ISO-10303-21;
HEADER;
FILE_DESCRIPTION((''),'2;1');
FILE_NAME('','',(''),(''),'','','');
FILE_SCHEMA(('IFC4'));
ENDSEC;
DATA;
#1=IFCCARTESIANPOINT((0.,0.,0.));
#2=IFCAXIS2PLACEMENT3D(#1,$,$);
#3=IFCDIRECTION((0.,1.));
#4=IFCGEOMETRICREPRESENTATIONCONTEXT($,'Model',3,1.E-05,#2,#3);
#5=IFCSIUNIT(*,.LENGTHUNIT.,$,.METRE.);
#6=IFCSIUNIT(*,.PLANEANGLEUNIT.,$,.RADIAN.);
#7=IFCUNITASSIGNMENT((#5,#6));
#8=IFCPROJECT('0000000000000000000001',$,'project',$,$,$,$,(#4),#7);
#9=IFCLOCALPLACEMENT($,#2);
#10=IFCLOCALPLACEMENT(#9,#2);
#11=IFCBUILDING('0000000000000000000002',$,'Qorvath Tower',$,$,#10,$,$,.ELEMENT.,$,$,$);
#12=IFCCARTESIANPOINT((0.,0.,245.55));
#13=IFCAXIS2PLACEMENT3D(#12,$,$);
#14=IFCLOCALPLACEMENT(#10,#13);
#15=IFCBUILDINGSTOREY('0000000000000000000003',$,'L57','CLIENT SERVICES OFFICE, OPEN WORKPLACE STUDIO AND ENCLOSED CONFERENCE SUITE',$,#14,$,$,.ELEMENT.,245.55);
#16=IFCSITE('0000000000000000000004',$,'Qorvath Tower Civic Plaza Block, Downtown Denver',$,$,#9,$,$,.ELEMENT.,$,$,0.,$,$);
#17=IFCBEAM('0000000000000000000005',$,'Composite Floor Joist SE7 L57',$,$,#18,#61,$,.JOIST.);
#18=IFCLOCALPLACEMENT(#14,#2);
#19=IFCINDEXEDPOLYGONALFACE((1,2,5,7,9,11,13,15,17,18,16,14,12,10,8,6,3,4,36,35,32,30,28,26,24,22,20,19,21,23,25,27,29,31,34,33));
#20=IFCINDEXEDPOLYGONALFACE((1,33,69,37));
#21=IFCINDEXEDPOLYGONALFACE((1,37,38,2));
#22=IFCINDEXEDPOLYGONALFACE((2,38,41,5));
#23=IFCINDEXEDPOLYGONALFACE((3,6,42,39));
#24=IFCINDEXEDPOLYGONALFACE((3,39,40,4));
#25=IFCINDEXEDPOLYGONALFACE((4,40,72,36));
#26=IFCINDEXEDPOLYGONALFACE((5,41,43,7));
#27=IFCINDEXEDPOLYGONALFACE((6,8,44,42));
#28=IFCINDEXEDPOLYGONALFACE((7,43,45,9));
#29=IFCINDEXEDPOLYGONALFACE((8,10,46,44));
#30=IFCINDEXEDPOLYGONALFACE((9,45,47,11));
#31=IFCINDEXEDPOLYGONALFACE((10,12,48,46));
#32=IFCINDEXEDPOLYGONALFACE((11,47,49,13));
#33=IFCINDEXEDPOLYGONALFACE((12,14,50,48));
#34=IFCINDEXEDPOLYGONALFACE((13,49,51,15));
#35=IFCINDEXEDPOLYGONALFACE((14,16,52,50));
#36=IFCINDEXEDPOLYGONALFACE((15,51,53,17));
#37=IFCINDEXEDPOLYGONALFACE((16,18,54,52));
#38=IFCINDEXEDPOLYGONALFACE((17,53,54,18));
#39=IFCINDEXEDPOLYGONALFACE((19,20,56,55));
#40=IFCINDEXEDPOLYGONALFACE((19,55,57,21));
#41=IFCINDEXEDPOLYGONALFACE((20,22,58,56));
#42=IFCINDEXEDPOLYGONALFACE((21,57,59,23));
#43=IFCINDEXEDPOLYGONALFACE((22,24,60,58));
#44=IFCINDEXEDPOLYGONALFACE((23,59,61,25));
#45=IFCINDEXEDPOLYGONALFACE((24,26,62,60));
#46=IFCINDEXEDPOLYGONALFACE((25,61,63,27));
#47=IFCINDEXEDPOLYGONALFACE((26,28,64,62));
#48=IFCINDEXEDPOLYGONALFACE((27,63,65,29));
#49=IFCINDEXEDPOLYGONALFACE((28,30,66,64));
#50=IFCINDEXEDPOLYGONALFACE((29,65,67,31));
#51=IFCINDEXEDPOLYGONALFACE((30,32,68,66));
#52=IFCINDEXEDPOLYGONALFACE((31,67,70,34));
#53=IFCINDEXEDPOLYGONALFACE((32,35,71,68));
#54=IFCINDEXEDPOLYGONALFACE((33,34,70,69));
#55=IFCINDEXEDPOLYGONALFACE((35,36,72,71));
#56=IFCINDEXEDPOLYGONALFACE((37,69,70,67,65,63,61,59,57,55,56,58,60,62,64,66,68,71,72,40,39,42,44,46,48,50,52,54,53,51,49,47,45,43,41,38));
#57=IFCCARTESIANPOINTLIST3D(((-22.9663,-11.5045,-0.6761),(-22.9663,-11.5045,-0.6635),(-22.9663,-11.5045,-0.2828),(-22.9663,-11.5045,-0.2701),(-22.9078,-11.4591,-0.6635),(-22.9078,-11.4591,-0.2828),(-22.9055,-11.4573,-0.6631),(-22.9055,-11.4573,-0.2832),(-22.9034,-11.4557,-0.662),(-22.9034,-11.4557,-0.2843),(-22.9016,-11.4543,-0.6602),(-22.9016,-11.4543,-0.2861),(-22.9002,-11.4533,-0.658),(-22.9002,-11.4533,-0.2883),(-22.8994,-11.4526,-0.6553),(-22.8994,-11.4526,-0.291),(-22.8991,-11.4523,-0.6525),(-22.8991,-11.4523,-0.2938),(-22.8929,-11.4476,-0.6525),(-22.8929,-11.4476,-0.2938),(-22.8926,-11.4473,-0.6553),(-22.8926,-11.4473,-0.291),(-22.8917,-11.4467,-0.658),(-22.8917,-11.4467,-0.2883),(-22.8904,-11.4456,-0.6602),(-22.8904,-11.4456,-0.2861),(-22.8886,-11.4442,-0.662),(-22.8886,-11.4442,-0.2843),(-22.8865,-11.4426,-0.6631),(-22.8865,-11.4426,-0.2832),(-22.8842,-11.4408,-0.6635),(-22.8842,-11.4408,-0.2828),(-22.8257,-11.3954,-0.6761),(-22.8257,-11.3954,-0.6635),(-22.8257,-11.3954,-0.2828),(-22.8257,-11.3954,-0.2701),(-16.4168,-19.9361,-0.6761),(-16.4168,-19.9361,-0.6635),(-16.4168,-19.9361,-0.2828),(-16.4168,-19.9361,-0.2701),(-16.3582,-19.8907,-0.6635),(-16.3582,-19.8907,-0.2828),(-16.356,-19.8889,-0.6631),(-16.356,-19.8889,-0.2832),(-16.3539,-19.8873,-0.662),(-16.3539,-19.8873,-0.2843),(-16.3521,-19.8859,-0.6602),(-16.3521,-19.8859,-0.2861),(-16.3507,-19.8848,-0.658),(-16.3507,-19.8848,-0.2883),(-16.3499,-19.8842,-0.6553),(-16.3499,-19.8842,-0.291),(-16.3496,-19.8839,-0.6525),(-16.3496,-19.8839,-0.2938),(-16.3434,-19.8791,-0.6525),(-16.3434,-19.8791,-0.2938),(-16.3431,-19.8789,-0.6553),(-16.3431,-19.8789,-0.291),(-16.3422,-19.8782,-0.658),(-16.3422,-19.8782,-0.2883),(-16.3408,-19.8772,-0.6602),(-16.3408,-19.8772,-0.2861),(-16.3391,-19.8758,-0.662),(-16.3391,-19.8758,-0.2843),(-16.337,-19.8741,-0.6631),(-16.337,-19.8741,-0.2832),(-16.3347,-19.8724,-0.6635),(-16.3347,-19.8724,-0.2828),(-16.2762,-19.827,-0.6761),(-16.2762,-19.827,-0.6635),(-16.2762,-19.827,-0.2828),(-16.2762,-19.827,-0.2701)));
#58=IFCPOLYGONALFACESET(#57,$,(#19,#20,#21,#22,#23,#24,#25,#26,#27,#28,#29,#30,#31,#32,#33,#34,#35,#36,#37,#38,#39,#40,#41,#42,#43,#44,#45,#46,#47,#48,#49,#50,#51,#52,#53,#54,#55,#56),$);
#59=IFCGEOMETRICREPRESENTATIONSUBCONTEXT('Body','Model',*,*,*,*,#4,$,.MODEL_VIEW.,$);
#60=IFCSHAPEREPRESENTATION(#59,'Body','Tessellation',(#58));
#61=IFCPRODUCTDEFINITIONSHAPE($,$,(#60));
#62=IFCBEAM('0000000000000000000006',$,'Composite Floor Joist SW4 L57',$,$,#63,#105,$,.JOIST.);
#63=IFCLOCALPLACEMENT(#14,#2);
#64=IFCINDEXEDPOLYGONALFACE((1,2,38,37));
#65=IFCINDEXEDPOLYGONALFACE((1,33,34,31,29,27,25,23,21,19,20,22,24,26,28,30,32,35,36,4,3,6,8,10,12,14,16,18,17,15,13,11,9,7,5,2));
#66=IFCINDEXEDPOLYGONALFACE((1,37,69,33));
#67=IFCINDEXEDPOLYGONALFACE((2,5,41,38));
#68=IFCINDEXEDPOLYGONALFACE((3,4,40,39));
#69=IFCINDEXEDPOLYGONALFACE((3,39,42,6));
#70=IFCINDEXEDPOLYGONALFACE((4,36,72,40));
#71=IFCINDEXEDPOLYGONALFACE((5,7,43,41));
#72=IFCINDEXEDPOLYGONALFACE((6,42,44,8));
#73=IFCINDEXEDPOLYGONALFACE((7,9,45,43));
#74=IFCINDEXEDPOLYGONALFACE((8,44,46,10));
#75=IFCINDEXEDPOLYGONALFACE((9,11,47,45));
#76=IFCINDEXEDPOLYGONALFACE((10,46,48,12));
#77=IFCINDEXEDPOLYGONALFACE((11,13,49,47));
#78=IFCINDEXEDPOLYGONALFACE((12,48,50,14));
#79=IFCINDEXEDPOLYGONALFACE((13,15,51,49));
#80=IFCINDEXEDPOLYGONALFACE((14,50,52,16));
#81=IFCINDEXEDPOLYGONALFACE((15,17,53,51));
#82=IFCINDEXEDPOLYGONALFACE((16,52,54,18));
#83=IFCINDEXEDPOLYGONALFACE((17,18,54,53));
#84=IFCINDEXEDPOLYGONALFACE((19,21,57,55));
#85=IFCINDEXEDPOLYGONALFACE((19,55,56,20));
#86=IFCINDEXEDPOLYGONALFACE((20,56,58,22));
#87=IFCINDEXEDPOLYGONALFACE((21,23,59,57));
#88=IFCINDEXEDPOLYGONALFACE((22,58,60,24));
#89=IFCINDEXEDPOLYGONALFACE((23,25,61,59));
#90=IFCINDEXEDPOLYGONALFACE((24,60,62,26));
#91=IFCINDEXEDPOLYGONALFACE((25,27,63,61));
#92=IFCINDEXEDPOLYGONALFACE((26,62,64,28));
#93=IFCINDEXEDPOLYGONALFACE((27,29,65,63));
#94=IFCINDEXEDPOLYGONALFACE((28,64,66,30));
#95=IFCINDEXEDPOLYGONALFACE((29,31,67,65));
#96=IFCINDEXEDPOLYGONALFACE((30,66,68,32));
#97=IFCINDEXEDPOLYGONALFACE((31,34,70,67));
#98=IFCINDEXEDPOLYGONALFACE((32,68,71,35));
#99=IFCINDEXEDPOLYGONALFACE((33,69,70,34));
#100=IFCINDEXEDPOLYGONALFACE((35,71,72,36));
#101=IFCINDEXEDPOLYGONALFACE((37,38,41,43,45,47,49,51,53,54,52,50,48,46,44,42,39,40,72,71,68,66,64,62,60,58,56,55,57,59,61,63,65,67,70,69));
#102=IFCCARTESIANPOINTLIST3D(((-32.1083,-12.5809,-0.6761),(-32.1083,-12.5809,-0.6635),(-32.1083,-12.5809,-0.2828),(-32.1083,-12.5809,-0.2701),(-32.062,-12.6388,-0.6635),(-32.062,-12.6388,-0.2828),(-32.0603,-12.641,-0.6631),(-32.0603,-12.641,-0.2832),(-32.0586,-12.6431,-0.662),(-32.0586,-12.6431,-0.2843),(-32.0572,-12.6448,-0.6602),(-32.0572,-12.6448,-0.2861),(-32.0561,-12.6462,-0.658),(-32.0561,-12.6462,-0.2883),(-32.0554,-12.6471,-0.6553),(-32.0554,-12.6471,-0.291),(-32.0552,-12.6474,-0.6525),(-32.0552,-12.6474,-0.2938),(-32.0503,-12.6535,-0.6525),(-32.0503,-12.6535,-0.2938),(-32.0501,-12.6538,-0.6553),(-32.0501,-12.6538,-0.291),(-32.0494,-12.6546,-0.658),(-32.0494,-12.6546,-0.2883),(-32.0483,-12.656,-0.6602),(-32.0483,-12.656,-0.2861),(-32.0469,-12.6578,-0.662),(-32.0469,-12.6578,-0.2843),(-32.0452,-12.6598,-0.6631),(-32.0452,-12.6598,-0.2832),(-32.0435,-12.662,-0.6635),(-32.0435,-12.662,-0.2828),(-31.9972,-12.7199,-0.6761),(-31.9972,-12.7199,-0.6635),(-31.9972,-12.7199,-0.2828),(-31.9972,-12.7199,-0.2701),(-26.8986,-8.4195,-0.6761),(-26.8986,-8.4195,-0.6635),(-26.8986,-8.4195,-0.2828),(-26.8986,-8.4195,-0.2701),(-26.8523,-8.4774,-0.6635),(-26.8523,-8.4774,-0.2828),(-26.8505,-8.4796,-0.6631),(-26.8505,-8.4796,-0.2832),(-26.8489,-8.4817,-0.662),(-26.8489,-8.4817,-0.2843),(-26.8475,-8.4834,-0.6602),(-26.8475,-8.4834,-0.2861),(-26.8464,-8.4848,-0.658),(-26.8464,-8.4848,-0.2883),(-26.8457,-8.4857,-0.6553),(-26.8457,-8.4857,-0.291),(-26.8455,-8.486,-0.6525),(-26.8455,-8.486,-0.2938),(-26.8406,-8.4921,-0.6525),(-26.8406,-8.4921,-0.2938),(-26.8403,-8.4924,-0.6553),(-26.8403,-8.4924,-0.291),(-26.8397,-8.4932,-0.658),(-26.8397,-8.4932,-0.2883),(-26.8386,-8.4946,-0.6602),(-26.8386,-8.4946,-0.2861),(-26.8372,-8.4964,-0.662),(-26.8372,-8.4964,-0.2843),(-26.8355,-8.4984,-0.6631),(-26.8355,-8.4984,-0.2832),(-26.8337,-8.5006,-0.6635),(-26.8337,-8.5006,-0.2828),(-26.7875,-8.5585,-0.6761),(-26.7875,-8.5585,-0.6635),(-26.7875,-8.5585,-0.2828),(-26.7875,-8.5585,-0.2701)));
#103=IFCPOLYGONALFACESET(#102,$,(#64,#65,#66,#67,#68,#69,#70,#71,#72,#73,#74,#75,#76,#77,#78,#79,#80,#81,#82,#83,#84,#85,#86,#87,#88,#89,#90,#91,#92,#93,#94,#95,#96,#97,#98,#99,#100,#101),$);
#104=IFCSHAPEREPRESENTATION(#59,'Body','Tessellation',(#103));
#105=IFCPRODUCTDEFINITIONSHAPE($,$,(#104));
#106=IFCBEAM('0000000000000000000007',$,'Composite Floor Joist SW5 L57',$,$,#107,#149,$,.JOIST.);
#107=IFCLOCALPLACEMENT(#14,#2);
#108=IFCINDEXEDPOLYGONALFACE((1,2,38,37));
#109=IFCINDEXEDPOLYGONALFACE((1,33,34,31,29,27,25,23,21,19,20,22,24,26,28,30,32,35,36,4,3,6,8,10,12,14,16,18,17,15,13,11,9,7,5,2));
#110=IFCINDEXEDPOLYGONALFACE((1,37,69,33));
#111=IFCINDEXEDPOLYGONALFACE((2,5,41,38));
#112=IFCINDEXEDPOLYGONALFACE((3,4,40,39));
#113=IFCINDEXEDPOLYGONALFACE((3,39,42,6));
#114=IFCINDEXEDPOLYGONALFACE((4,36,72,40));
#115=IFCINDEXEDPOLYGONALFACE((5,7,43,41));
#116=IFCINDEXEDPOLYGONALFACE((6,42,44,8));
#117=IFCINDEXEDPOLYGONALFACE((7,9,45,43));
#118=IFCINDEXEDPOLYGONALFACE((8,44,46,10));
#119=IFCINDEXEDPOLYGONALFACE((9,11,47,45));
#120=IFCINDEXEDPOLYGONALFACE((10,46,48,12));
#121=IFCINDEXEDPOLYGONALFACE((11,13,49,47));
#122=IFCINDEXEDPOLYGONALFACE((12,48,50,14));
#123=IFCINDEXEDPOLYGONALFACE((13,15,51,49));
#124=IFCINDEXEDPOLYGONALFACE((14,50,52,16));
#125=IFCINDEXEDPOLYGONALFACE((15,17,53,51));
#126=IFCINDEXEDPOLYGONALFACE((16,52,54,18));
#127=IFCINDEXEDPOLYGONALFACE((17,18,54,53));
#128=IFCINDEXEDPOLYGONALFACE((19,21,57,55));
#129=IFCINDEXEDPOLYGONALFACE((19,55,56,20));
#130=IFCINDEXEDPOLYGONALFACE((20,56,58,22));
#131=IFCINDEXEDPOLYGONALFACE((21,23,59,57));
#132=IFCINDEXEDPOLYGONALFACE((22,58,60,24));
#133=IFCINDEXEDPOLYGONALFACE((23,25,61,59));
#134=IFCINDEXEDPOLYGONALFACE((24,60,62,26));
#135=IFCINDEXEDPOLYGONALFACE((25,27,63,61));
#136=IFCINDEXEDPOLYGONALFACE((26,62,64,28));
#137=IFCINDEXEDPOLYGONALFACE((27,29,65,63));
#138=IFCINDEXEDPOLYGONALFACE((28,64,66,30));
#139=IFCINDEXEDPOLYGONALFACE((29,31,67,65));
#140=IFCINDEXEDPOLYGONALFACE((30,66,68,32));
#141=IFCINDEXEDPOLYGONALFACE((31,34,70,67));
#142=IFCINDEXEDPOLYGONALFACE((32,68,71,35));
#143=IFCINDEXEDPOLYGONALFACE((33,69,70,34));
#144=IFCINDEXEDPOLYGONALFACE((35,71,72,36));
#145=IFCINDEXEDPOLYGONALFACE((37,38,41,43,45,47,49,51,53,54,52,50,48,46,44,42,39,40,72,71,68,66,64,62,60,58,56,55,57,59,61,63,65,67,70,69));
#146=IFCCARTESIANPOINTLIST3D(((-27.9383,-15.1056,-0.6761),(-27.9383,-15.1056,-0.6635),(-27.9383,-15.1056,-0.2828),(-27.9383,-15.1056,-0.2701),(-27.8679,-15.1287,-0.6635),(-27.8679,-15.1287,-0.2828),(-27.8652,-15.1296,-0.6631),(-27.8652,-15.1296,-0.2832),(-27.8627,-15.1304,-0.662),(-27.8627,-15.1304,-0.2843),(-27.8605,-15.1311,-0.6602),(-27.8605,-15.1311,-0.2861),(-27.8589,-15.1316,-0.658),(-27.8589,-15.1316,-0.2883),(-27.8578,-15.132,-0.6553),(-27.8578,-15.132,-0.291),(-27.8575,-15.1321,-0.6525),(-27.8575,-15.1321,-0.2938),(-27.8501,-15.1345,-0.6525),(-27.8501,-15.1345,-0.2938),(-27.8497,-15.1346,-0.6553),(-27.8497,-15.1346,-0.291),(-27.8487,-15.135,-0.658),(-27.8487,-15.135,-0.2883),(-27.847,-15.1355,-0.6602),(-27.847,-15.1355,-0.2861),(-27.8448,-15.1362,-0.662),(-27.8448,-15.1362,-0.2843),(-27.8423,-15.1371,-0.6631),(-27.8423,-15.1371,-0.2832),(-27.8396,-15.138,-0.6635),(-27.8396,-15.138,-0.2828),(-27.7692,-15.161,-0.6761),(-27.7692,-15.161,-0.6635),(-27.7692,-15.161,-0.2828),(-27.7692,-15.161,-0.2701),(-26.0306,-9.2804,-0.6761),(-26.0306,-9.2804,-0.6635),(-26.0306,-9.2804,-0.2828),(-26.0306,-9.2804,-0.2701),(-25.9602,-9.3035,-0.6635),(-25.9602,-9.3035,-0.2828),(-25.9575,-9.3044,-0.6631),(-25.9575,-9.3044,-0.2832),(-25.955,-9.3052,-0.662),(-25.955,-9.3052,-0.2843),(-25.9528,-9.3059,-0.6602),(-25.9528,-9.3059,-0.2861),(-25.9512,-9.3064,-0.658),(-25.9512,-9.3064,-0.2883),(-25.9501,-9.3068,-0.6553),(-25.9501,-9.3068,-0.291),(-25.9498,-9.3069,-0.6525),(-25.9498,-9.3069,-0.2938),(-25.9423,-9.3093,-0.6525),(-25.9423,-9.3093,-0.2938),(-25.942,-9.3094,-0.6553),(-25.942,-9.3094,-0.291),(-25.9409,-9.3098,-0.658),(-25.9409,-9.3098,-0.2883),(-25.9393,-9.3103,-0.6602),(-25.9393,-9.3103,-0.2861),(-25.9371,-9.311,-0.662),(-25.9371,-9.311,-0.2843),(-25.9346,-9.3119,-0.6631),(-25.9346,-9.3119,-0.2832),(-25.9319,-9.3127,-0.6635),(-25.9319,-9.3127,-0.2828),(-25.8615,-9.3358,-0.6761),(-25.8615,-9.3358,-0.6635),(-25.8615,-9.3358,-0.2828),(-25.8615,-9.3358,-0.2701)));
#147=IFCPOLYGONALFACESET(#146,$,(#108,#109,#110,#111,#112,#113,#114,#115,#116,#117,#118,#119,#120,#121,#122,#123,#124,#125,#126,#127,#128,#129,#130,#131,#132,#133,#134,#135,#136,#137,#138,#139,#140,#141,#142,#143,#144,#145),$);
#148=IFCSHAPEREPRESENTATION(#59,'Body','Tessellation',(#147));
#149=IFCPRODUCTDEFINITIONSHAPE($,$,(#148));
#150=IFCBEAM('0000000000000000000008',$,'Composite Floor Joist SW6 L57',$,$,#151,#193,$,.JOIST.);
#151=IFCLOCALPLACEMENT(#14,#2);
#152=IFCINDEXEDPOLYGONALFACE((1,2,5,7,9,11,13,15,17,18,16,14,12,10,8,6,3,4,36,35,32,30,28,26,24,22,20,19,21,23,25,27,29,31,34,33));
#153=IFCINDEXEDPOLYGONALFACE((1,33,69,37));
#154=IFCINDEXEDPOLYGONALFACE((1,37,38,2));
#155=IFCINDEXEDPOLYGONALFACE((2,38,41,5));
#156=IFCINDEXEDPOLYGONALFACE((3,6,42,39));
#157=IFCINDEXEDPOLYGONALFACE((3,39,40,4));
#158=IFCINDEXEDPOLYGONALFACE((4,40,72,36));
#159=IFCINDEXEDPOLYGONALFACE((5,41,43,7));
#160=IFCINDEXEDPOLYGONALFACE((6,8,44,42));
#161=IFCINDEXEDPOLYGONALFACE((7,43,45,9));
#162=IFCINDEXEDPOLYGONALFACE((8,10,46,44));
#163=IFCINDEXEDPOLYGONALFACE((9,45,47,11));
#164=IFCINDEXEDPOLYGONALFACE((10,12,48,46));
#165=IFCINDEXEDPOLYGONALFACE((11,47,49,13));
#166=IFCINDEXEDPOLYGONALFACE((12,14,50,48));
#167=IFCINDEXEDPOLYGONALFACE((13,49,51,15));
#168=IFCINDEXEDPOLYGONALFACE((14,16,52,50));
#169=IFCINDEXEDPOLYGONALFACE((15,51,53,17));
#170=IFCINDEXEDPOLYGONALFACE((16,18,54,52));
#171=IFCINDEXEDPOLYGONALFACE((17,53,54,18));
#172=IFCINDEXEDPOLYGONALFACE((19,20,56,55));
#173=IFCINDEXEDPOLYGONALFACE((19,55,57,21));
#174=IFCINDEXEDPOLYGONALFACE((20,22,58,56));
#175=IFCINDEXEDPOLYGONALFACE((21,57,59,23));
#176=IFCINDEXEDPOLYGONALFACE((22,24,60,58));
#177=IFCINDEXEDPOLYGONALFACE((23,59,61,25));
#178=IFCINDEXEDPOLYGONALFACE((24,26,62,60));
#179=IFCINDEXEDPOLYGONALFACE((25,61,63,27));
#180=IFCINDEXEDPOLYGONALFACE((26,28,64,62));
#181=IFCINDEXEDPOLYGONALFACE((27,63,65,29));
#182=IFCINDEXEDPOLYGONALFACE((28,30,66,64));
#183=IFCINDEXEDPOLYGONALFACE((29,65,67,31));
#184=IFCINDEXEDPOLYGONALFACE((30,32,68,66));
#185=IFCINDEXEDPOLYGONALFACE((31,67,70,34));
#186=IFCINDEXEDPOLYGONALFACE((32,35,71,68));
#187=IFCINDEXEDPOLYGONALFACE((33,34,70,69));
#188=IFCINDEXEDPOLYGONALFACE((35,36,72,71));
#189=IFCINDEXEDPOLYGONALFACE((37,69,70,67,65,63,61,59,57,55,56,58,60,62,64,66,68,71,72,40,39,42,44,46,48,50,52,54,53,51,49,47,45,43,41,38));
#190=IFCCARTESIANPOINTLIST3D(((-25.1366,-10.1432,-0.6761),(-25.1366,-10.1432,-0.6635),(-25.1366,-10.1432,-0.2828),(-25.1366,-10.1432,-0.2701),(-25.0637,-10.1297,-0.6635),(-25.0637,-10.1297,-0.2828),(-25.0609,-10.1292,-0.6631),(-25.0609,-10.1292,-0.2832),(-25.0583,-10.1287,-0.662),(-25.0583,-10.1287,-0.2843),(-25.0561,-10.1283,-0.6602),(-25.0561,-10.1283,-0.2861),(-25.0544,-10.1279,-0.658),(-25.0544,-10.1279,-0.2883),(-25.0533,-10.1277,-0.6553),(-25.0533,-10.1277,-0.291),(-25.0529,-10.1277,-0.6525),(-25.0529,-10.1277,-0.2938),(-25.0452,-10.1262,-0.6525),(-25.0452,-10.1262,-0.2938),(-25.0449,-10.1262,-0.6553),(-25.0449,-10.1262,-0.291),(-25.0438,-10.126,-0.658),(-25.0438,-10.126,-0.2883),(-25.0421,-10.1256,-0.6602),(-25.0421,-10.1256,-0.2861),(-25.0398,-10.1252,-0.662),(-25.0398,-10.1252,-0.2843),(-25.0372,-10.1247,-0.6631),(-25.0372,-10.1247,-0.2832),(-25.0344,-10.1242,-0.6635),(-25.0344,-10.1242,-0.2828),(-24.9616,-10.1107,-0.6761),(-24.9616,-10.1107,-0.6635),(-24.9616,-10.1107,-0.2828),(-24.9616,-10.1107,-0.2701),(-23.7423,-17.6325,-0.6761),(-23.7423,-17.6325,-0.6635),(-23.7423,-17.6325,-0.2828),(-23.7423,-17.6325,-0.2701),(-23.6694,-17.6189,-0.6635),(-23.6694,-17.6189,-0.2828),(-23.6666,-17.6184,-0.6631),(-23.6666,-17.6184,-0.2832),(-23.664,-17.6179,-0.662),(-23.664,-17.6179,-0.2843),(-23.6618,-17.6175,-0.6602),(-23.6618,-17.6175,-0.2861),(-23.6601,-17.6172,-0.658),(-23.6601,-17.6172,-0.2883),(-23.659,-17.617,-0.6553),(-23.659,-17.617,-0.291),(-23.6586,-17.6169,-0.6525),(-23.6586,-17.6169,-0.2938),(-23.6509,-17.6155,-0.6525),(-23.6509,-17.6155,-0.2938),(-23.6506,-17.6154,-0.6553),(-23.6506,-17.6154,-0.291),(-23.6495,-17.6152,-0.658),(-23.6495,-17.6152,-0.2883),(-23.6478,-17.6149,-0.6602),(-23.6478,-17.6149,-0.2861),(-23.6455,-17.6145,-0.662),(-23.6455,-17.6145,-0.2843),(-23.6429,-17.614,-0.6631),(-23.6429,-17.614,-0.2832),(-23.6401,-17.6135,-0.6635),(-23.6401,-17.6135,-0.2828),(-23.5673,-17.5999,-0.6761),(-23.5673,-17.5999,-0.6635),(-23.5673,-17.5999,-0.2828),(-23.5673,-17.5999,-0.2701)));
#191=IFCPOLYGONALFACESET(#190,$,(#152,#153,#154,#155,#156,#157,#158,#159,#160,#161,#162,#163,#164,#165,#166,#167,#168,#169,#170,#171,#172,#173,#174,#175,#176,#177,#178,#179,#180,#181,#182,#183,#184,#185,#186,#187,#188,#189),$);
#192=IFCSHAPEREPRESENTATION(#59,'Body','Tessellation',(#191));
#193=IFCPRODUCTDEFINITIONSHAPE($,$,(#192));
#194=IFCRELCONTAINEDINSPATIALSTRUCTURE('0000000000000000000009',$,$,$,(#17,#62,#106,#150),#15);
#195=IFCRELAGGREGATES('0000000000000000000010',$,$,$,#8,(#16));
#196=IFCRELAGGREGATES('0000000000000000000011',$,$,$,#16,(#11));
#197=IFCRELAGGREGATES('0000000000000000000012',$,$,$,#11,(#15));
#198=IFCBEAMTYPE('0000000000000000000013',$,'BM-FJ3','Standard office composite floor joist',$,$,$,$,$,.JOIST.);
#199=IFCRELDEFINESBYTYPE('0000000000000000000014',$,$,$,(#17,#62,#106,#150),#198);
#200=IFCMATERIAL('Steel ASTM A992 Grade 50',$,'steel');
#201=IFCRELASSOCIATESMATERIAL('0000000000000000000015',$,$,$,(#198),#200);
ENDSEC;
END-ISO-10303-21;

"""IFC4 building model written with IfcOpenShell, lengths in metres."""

from ifc_helpers import new_model, si_unit, direction, frame, origin, origin_2d, place, context, subcontext, project, spatial, i_section, extrude, material, material_profile, profile_set, type_object, element, save


model = new_model("IFC4")

# Units and contexts
model_context = context("Model", 3, precision=1e-05, world=origin(), true_north=direction((0.0, 1.0)))
body_context = subcontext(model_context, "Body", "Model", "MODEL_VIEW")
ifc_project = project(units=[si_unit("LENGTHUNIT", "METRE"), si_unit("PLANEANGLEUNIT", "RADIAN")], contexts=[model_context])

# Site, building, storey
site_placement = place(None, origin())
site = spatial("IfcSite", under=ifc_project, at=site_placement, Name="Qorvath Tower Civic Plaza Block, Downtown Denver", CompositionType="ELEMENT", RefElevation=0.0)
building_placement = place(site_placement, origin())
building = spatial("IfcBuilding", under=site, at=building_placement, Name="Qorvath Tower", CompositionType="ELEMENT")
storey_placement = place(building_placement, frame((0.0, 0.0, 245.55)))
storey = spatial("IfcBuildingStorey", under=building, at=storey_placement, Name="L57", Description="CLIENT SERVICES OFFICE, OPEN WORKPLACE STUDIO AND ENCLOSED CONFERENCE SUITE", CompositionType="ELEMENT", Elevation=245.55)

# Beams
ifc_material_1 = material(Name="Steel ASTM A992 Grade 50", Category="steel")
ifc_material_profile_1 = material_profile(ifc_material_1, i_section(OverallWidth=0.178, OverallDepth=0.406, WebThickness=0.0078, FlangeThickness=0.0127, FilletRadius=0.011, at=origin_2d()), Name="W16x40")
ifc_profile_set_1 = profile_set([ifc_material_profile_1], Name="Steel ASTM A992 Grade 50")
beam_type_1 = type_object("IfcBeamType", Name="BM-FJ3", Description="Standard office composite floor joist", PredefinedType="JOIST", material=ifc_profile_set_1)
beam_1_placement = place(storey_placement, frame((-22.896, -11.45, -0.4731), z_axis=(0.613451, -0.789733, 0.0), x_axis=(0.789733, 0.613451, 0.0)))
element("IfcBeam", 1, at=beam_1_placement, inside=storey, type_object=beam_type_1, Name="Composite Floor Joist SE7 L57", PredefinedType="JOIST", context=body_context, shape_type="SweptSolid", body=[
    extrude(i_section(OverallWidth=0.178, OverallDepth=0.406, WebThickness=0.0078, FlangeThickness=0.0127, FilletRadius=0.011, at=origin_2d()), origin(), (0.0, 0.0, 1.0), 10.6765),
])
beam_2_placement = place(storey_placement, frame((-26.843, -8.489, -0.4731), z_axis=(-0.781337, -0.62411, 0.0), x_axis=(0.62411, -0.781337, 0.0)))
element("IfcBeam", 2, at=beam_2_placement, inside=storey, type_object=beam_type_1, Name="Composite Floor Joist SW4 L57", PredefinedType="JOIST", context=body_context, shape_type="SweptSolid", body=[
    extrude(i_section(OverallWidth=0.178, OverallDepth=0.406, WebThickness=0.0078, FlangeThickness=0.0127, FilletRadius=0.011, at=origin_2d()), origin(), (0.0, 0.0, 1.0), 6.6677),
])
beam_3_placement = place(storey_placement, frame((-25.946, -9.3081, -0.4731), z_axis=(-0.311229, -0.950335, 0.0), x_axis=(0.950335, -0.311229, 0.0)))
element("IfcBeam", 3, at=beam_3_placement, inside=storey, type_object=beam_type_1, Name="Composite Floor Joist SW5 L57", PredefinedType="JOIST", context=body_context, shape_type="SweptSolid", body=[
    extrude(i_section(OverallWidth=0.178, OverallDepth=0.406, WebThickness=0.0078, FlangeThickness=0.0127, FilletRadius=0.011, at=origin_2d()), origin(), (0.0, 0.0, 1.0), 6.1296),
])
beam_4_placement = place(storey_placement, frame((-25.0491, -10.127, -0.4731), z_axis=(0.183027, -0.983108, 0.0), x_axis=(0.983108, 0.183027, 0.0)))
element("IfcBeam", 4, at=beam_4_placement, inside=storey, type_object=beam_type_1, Name="Composite Floor Joist SW6 L57", PredefinedType="JOIST", context=body_context, shape_type="SweptSolid", body=[
    extrude(i_section(OverallWidth=0.178, OverallDepth=0.406, WebThickness=0.0078, FlangeThickness=0.0127, FilletRadius=0.011, at=origin_2d()), origin(), (0.0, 0.0, 1.0), 7.6179),
])

save(model, "model.ifc")
